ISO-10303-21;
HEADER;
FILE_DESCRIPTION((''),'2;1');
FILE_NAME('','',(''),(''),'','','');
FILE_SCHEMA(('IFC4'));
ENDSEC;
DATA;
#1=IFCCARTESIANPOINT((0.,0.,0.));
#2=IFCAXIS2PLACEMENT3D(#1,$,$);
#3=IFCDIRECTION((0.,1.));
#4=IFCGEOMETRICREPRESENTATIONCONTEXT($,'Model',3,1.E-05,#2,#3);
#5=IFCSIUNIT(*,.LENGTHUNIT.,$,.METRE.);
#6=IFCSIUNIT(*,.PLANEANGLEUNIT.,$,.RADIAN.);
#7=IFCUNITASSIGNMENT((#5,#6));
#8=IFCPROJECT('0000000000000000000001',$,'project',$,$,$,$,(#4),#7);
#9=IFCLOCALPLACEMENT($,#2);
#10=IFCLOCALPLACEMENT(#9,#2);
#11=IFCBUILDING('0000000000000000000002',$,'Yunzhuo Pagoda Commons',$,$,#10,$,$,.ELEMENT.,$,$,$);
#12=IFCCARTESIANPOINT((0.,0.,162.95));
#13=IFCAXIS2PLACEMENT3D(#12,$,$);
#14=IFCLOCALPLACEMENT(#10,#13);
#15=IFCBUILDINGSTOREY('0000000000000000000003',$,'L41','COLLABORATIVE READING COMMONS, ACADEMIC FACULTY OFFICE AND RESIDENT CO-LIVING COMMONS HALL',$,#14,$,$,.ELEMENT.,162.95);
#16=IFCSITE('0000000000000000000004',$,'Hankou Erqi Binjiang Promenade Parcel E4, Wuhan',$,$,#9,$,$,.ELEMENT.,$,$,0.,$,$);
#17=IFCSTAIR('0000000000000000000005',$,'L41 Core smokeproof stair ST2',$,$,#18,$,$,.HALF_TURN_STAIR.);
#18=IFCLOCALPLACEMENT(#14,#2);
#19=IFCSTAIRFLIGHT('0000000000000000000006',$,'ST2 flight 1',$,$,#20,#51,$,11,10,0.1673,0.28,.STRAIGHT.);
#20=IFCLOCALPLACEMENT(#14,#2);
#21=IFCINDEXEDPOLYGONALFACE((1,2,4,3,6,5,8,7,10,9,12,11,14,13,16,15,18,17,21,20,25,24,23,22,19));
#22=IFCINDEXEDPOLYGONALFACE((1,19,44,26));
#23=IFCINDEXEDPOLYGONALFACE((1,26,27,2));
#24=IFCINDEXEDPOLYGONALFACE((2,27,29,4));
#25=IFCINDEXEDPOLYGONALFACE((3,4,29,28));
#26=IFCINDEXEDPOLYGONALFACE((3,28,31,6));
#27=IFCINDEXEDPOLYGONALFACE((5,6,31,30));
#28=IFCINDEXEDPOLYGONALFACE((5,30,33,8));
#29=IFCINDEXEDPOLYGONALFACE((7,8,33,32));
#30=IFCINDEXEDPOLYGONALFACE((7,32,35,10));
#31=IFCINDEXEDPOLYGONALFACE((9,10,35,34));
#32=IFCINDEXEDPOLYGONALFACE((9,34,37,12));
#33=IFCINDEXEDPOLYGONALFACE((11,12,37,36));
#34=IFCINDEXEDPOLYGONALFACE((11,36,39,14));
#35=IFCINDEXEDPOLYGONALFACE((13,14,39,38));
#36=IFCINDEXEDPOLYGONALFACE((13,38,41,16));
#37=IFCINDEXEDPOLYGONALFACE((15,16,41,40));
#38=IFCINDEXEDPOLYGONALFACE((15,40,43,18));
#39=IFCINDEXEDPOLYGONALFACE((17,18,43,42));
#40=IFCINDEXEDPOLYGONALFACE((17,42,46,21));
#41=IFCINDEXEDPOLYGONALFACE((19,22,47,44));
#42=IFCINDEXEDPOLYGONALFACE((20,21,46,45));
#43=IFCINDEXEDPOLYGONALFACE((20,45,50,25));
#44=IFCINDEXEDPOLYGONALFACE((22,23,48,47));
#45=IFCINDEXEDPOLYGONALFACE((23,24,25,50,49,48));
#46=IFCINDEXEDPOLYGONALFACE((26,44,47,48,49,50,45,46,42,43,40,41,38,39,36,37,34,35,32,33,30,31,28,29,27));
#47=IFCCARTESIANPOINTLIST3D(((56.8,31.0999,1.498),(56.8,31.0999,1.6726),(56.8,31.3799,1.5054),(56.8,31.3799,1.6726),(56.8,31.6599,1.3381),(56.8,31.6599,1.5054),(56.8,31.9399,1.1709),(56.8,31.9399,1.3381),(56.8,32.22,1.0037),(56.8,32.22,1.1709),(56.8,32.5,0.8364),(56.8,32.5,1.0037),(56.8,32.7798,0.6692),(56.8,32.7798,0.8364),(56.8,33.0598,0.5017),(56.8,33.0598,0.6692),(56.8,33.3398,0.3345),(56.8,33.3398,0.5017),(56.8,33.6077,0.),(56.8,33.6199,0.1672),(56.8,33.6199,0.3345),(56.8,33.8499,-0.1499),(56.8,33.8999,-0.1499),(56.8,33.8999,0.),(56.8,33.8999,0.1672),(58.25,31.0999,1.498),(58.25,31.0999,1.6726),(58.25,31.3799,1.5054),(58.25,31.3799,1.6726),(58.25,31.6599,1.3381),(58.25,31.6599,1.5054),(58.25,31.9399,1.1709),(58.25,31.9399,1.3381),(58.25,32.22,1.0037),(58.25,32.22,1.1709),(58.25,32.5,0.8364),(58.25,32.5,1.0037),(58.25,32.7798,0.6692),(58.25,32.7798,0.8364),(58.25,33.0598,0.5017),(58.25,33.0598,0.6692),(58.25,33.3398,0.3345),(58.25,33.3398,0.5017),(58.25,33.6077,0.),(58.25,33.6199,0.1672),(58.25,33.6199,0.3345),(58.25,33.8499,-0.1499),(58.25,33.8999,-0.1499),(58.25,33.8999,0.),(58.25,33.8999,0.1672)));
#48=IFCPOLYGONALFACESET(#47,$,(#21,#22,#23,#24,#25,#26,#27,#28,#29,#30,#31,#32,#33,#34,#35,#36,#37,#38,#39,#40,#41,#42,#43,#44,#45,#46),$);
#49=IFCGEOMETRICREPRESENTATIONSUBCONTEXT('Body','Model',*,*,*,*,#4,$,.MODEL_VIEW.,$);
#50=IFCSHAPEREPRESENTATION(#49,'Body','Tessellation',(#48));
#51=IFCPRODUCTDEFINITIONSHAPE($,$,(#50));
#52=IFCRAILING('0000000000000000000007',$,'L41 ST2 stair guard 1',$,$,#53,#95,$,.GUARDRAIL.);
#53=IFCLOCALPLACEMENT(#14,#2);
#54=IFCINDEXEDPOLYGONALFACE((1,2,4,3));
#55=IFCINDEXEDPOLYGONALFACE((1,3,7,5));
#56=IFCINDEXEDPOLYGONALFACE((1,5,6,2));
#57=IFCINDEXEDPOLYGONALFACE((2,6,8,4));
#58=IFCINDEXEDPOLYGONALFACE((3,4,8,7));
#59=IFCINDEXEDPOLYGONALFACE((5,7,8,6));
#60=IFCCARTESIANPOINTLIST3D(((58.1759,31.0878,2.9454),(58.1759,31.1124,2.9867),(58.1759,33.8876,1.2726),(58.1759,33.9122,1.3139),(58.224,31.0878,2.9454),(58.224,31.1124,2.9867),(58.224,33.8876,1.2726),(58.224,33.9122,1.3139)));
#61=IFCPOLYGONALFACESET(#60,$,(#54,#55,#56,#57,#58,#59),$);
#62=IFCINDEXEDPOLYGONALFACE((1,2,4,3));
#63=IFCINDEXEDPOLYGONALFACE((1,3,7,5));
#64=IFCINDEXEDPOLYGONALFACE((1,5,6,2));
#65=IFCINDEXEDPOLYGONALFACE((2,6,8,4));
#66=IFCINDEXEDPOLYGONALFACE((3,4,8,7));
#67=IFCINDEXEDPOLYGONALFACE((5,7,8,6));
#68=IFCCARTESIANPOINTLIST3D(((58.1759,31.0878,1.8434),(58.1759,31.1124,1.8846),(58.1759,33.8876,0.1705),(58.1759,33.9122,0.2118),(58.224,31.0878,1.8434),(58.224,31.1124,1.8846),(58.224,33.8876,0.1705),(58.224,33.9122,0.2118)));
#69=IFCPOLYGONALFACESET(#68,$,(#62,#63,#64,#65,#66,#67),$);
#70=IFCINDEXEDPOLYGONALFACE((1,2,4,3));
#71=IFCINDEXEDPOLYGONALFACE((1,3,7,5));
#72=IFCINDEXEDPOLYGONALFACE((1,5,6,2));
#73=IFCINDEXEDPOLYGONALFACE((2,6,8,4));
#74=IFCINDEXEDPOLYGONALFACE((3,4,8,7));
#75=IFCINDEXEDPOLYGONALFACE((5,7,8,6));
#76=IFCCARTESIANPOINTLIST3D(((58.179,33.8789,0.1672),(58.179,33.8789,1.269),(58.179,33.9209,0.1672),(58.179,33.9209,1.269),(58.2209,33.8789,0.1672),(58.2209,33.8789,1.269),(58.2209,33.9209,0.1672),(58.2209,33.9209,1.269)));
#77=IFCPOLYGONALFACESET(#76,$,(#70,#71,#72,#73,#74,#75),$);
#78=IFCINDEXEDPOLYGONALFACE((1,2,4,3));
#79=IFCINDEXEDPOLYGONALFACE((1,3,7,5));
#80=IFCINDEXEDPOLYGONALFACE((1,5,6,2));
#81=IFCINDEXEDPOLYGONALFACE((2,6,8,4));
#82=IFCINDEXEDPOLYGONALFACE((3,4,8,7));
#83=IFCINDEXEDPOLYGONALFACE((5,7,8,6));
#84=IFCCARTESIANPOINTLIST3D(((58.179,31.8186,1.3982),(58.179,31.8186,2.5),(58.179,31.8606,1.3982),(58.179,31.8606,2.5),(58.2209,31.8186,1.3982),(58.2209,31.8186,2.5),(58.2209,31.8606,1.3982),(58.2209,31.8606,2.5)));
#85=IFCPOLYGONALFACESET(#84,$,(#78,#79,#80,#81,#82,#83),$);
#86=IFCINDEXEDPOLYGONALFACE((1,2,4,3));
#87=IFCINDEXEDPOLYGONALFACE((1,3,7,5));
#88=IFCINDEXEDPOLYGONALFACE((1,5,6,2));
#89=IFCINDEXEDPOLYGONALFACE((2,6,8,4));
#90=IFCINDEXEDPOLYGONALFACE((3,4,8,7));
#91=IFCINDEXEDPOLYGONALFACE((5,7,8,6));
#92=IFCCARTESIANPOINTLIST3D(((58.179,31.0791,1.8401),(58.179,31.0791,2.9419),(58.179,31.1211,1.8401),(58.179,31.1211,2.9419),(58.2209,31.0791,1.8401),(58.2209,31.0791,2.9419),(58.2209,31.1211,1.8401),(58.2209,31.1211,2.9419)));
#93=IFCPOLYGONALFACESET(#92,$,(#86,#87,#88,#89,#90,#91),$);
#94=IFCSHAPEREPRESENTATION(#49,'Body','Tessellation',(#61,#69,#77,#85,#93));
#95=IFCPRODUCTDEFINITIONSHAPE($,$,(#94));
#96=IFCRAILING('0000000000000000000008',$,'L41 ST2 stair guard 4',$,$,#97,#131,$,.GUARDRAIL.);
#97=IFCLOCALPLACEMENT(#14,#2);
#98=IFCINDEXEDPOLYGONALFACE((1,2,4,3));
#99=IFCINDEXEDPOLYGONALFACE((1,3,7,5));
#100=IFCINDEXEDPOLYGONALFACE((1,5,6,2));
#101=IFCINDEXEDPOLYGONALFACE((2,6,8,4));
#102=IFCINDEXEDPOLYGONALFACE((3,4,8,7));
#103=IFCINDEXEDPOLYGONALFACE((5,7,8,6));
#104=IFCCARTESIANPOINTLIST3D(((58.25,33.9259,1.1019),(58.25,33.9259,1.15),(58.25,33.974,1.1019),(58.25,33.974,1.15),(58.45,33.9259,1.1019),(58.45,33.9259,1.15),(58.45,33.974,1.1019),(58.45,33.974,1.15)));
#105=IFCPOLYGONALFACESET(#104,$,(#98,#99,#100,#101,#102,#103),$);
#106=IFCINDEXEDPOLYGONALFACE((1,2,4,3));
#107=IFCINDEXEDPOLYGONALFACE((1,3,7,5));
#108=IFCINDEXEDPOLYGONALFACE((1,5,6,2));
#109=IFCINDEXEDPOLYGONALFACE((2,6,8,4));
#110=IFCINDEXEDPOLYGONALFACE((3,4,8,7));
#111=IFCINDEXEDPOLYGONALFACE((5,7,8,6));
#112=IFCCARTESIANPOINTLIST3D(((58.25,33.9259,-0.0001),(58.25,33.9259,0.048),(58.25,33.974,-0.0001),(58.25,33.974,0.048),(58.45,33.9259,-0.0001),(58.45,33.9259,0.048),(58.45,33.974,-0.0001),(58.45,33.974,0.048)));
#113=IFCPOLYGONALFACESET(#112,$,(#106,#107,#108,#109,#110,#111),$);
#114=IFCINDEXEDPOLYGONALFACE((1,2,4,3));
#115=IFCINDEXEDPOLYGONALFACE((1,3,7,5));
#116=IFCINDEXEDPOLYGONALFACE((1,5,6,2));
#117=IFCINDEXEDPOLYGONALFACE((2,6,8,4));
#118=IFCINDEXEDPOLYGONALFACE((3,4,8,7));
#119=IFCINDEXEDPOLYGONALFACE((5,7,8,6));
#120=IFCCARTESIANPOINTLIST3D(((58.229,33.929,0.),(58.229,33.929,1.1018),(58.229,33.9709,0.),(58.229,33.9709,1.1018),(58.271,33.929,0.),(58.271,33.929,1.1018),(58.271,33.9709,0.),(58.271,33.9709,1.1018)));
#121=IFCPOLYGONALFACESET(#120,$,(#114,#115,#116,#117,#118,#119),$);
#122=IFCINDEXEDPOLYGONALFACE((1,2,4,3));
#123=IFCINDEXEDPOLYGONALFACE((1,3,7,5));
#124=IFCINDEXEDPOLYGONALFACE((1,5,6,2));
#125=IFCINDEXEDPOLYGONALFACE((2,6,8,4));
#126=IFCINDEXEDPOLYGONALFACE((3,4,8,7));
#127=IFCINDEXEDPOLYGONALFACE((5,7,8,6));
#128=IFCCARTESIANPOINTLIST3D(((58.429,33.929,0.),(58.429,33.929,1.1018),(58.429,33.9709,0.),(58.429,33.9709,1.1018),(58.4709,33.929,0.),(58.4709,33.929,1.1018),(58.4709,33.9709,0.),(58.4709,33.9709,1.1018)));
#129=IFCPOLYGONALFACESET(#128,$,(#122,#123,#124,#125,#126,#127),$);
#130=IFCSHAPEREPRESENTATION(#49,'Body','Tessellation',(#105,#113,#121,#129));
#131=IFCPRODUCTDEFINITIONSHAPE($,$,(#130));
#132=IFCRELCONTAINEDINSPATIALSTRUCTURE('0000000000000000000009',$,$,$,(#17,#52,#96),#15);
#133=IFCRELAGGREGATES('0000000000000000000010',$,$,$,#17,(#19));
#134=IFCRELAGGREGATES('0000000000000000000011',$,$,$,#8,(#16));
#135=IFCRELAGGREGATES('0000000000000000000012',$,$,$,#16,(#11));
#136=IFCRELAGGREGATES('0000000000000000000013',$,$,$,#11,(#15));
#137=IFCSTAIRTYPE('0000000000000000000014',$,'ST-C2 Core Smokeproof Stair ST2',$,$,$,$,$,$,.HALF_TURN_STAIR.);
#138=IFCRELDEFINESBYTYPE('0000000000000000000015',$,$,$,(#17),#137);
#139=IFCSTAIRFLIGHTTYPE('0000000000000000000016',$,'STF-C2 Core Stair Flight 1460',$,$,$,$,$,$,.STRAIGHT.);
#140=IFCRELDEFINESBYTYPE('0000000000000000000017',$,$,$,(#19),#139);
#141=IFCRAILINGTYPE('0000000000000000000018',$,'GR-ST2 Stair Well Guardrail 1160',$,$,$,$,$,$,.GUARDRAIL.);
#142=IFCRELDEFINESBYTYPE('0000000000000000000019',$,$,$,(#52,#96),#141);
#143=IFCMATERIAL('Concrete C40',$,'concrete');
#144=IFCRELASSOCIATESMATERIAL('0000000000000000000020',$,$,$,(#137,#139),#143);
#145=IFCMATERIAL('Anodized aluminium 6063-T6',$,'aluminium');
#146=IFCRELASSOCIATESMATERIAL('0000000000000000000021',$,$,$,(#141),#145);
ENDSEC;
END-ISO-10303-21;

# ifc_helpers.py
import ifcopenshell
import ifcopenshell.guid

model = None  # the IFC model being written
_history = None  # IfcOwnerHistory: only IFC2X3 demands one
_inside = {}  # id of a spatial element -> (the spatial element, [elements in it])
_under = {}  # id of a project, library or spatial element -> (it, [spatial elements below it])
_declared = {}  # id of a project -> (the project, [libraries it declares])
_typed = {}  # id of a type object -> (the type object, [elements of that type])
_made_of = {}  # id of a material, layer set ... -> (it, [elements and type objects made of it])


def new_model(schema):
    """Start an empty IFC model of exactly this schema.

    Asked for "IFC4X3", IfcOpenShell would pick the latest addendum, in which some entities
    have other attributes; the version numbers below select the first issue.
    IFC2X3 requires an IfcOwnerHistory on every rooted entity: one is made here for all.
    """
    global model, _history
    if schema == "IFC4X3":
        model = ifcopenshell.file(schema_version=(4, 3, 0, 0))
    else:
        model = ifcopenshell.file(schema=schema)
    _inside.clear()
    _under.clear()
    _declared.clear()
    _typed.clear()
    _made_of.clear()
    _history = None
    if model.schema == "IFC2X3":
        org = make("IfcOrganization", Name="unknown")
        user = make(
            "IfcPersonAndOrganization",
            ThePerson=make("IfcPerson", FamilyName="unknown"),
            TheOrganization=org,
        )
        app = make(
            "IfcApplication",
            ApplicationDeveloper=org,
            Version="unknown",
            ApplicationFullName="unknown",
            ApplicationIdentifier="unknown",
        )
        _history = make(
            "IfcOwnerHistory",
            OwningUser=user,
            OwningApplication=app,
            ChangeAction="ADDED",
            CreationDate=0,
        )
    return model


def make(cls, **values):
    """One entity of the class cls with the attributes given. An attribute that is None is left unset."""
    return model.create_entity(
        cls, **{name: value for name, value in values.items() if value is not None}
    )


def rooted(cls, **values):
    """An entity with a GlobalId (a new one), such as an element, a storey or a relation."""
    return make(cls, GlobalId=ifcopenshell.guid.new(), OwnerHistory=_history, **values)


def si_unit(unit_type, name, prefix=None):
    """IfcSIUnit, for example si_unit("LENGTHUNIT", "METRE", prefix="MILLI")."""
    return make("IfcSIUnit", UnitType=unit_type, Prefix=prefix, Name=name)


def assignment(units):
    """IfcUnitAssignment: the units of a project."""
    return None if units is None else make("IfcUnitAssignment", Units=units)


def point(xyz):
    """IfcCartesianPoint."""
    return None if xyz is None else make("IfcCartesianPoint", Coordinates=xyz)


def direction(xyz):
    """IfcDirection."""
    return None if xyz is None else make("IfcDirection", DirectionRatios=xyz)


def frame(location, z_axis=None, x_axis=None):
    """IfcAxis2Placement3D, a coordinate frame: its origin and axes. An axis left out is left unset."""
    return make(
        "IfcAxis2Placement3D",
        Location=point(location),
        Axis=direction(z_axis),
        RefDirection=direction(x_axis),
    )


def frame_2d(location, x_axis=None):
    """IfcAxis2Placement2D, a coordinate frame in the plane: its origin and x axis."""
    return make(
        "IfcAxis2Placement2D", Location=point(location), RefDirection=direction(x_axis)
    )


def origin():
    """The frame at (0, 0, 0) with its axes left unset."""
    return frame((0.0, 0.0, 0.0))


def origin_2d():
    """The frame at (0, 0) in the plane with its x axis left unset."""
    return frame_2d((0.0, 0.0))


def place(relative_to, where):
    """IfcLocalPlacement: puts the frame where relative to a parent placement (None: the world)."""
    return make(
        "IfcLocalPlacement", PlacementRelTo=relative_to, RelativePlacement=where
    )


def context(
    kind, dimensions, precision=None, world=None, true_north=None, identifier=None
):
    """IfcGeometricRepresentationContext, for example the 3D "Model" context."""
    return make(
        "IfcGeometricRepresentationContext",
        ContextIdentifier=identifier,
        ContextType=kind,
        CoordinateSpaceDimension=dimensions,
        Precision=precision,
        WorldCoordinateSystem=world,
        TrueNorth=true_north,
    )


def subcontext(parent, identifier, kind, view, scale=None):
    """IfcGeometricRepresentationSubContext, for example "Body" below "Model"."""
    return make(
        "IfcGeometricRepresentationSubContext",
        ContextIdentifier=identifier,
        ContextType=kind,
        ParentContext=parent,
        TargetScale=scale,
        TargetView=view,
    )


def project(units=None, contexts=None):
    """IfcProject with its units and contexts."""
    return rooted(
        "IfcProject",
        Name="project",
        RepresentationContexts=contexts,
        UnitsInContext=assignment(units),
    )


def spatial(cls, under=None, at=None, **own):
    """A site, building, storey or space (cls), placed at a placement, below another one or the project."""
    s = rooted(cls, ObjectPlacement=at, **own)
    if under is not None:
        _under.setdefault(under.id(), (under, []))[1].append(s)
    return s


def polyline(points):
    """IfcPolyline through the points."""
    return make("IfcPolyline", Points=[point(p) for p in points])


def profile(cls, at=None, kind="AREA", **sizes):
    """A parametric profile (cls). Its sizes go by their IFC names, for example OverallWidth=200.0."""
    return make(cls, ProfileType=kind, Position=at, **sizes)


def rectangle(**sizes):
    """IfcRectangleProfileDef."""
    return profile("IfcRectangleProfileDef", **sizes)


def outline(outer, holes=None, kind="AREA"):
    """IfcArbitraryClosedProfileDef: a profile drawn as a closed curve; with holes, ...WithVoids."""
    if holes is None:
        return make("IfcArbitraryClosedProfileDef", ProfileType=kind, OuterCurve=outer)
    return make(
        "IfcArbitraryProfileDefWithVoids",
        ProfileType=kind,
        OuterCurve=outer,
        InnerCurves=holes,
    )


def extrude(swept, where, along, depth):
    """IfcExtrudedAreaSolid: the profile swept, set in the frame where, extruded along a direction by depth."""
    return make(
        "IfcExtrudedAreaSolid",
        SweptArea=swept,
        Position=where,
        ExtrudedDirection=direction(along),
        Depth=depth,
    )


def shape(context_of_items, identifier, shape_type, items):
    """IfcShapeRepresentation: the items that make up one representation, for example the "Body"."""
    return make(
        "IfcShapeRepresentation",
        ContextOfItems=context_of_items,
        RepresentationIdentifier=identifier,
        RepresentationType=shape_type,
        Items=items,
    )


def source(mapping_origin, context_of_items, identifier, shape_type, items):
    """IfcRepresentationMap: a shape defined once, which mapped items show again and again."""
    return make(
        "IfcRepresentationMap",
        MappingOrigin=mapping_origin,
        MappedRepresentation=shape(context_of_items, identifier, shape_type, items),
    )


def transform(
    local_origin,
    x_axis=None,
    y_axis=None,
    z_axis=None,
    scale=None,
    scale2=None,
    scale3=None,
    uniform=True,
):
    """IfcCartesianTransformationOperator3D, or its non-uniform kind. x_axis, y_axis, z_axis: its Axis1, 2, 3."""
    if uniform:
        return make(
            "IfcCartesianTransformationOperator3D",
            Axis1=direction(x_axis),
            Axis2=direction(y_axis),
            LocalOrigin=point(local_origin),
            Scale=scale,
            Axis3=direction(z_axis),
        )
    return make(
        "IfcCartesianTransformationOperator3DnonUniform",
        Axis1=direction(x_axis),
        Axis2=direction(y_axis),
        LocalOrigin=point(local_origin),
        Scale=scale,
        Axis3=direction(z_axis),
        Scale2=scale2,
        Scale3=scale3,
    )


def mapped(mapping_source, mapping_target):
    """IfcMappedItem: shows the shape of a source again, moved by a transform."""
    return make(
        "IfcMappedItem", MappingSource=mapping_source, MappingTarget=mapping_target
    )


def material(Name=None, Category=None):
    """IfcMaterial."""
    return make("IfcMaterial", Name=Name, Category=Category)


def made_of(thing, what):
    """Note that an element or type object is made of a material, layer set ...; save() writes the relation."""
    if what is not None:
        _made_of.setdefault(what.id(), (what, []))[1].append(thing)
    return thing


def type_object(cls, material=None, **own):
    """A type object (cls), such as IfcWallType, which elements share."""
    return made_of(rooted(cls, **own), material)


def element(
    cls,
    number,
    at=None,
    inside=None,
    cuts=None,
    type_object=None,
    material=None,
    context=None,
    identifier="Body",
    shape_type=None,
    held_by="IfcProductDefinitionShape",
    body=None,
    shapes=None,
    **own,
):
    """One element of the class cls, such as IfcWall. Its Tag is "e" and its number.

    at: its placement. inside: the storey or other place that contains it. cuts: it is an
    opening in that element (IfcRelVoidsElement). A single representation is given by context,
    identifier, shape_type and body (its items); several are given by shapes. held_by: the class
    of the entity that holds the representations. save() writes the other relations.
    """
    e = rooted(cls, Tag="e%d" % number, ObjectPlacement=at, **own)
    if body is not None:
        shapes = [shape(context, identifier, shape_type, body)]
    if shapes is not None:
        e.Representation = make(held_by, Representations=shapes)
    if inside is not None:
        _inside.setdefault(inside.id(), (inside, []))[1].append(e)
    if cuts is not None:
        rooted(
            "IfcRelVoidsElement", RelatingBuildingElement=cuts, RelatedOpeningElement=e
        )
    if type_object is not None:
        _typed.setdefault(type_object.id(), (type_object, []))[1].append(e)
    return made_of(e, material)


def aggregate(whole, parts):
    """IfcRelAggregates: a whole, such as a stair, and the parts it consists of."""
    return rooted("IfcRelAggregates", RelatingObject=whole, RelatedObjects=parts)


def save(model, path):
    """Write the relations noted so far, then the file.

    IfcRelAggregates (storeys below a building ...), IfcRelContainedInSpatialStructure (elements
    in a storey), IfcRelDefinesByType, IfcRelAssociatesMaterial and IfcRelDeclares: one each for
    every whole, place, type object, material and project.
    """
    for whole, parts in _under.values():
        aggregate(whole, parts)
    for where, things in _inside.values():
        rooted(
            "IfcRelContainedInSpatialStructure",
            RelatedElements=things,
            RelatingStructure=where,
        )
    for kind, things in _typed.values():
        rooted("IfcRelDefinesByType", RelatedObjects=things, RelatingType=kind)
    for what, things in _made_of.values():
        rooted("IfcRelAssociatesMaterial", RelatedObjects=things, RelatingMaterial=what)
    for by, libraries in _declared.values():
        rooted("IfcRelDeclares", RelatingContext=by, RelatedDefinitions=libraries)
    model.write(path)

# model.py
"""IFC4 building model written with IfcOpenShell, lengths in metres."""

from ifc_helpers import new_model, si_unit, direction, frame, origin, origin_2d, place, context, subcontext, project, spatial, polyline, rectangle, outline, extrude, source, transform, mapped, material, type_object, element, aggregate, save


model = new_model("IFC4")

# Units and contexts
model_context = context("Model", 3, precision=1e-05, world=origin(), true_north=direction((0.0, 1.0)))
body_context = subcontext(model_context, "Body", "Model", "MODEL_VIEW")
ifc_project = project(units=[si_unit("LENGTHUNIT", "METRE"), si_unit("PLANEANGLEUNIT", "RADIAN")], contexts=[model_context])

# Site, building, storey
site_placement = place(None, origin())
site = spatial("IfcSite", under=ifc_project, at=site_placement, Name="Hankou Erqi Binjiang Promenade Parcel E4, Wuhan", CompositionType="ELEMENT", RefElevation=0.0)
building_placement = place(site_placement, origin())
building = spatial("IfcBuilding", under=site, at=building_placement, Name="Yunzhuo Pagoda Commons", CompositionType="ELEMENT")
storey_placement = place(building_placement, frame((0.0, 0.0, 162.95)))
storey = spatial("IfcBuildingStorey", under=building, at=storey_placement, Name="L41", Description="COLLABORATIVE READING COMMONS, ACADEMIC FACULTY OFFICE AND RESIDENT CO-LIVING COMMONS HALL", CompositionType="ELEMENT", Elevation=162.95)

# Shared definitions
ifc_material_1 = material(Name="Concrete C40", Category="concrete")

# Stair, stair flight
stair_type = type_object("IfcStairType", Name="ST-C2 Core Smokeproof Stair ST2", PredefinedType="HALF_TURN_STAIR", material=ifc_material_1)
stair_placement = place(storey_placement, origin())
stair = element("IfcStair", 1, at=stair_placement, inside=storey, type_object=stair_type, Name="L41 Core smokeproof stair ST2", PredefinedType="HALF_TURN_STAIR")
stair_flight_type = type_object("IfcStairFlightType", Name="STF-C2 Core Stair Flight 1460", PredefinedType="STRAIGHT", material=ifc_material_1)
shared_shape_1 = source(origin(), body_context, "Body", "SweptSolid", [
    extrude(outline(polyline([(0.0, -0.1499), (0.0, 0.0), (0.0, 0.1672), (0.28, 0.1672), (0.28, 0.3345), (0.5601, 0.3345), (0.5601, 0.5017), (0.8401, 0.5017), (0.8401, 0.6692), (1.1201, 0.6692), (1.1201, 0.8364), (1.3999, 0.8364), (1.3999, 1.0037), (1.6799, 1.0037), (1.6799, 1.1709), (1.96, 1.1709), (1.96, 1.3381), (2.24, 1.3381), (2.24, 1.5054), (2.52, 1.5054), (2.52, 1.6726), (2.8, 1.6726), (2.8, 1.8401), (2.8, 1.498), (0.2922, 0.0), (0.05, -0.1499), (0.0, -0.1499)])), frame((0.0, 0.7251, 0.0), z_axis=(0.0, -1.0, 0.0), x_axis=(1.0, 0.0, 0.0)), (0.0, 0.0, 1.0), 1.45),
])
stair_flight_placement = place(storey_placement, frame((57.5249, 33.8999, 0.0), z_axis=(0.0, 0.0, 1.0), x_axis=(0.0, -1.0, 0.0)))
stair_flight = element("IfcStairFlight", 2, at=stair_flight_placement, type_object=stair_flight_type, Name="ST2 flight 1", NumberOfRisers=11, NumberOfTreads=10, PredefinedType="STRAIGHT", RiserHeight=0.1673, TreadLength=0.28, context=body_context, shape_type="MappedRepresentation", body=[
    mapped(shared_shape_1, transform((0.0, 0.0, 0.0), scale=1.0)),
])
aggregate(stair, [stair_flight])

# Railings
ifc_material_2 = material(Name="Anodized aluminium 6063-T6", Category="aluminium")
railing_type = type_object("IfcRailingType", Name="GR-ST2 Stair Well Guardrail 1160", PredefinedType="GUARDRAIL", material=ifc_material_2)
railing_1_placement = place(storey_placement, frame((58.2, 33.8999, 0.1672)))
element("IfcRailing", 3, at=railing_1_placement, inside=storey, type_object=railing_type, Name="L41 ST2 stair guard 1", PredefinedType="GUARDRAIL", context=body_context, shape_type="SweptSolid", body=[
    extrude(rectangle(XDim=0.0481, YDim=0.0481, at=origin_2d()), frame((0.0, 0.0, 1.126), z_axis=(0.0, -0.858443, 0.51291), x_axis=(1.0, 0.0, 0.0)), (0.0, 0.0, 1.0), 3.2615),
    extrude(rectangle(XDim=0.0481, YDim=0.0481, at=origin_2d()), frame((0.0, 0.0, 0.0239), z_axis=(0.0, -0.858443, 0.51291), x_axis=(1.0, 0.0, 0.0)), (0.0, 0.0, 1.0), 3.2615),
    extrude(rectangle(XDim=0.042, YDim=0.042, at=origin_2d()), origin(), (0.0, 0.0, 1.0), 1.1018),
    extrude(rectangle(XDim=0.042, YDim=0.042, at=origin_2d()), frame((0.0, -2.0603, 1.231)), (0.0, 0.0, 1.0), 1.1018),
    extrude(rectangle(XDim=0.042, YDim=0.042, at=origin_2d()), frame((0.0, -2.7998, 1.6729)), (0.0, 0.0, 1.0), 1.1018),
])
railing_2_placement = place(storey_placement, frame((58.25, 33.95, 0.0)))
element("IfcRailing", 4, at=railing_2_placement, inside=storey, type_object=railing_type, Name="L41 ST2 stair guard 4", PredefinedType="GUARDRAIL", context=body_context, shape_type="SweptSolid", body=[
    extrude(rectangle(XDim=0.0481, YDim=0.0481, at=origin_2d()), frame((0.0, 0.0, 1.126), z_axis=(1.0, 0.0, 0.0), x_axis=(0.0, 1.0, 0.0)), (0.0, 0.0, 1.0), 0.2),
    extrude(rectangle(XDim=0.0481, YDim=0.0481, at=origin_2d()), frame((0.0, 0.0, 0.0239), z_axis=(1.0, 0.0, 0.0), x_axis=(0.0, 1.0, 0.0)), (0.0, 0.0, 1.0), 0.2),
    extrude(rectangle(XDim=0.042, YDim=0.042, at=origin_2d()), origin(), (0.0, 0.0, 1.0), 1.1018),
    extrude(rectangle(XDim=0.042, YDim=0.042, at=origin_2d()), frame((0.2, 0.0, 0.0)), (0.0, 0.0, 1.0), 1.1018),
])

save(model, "model.ifc")
